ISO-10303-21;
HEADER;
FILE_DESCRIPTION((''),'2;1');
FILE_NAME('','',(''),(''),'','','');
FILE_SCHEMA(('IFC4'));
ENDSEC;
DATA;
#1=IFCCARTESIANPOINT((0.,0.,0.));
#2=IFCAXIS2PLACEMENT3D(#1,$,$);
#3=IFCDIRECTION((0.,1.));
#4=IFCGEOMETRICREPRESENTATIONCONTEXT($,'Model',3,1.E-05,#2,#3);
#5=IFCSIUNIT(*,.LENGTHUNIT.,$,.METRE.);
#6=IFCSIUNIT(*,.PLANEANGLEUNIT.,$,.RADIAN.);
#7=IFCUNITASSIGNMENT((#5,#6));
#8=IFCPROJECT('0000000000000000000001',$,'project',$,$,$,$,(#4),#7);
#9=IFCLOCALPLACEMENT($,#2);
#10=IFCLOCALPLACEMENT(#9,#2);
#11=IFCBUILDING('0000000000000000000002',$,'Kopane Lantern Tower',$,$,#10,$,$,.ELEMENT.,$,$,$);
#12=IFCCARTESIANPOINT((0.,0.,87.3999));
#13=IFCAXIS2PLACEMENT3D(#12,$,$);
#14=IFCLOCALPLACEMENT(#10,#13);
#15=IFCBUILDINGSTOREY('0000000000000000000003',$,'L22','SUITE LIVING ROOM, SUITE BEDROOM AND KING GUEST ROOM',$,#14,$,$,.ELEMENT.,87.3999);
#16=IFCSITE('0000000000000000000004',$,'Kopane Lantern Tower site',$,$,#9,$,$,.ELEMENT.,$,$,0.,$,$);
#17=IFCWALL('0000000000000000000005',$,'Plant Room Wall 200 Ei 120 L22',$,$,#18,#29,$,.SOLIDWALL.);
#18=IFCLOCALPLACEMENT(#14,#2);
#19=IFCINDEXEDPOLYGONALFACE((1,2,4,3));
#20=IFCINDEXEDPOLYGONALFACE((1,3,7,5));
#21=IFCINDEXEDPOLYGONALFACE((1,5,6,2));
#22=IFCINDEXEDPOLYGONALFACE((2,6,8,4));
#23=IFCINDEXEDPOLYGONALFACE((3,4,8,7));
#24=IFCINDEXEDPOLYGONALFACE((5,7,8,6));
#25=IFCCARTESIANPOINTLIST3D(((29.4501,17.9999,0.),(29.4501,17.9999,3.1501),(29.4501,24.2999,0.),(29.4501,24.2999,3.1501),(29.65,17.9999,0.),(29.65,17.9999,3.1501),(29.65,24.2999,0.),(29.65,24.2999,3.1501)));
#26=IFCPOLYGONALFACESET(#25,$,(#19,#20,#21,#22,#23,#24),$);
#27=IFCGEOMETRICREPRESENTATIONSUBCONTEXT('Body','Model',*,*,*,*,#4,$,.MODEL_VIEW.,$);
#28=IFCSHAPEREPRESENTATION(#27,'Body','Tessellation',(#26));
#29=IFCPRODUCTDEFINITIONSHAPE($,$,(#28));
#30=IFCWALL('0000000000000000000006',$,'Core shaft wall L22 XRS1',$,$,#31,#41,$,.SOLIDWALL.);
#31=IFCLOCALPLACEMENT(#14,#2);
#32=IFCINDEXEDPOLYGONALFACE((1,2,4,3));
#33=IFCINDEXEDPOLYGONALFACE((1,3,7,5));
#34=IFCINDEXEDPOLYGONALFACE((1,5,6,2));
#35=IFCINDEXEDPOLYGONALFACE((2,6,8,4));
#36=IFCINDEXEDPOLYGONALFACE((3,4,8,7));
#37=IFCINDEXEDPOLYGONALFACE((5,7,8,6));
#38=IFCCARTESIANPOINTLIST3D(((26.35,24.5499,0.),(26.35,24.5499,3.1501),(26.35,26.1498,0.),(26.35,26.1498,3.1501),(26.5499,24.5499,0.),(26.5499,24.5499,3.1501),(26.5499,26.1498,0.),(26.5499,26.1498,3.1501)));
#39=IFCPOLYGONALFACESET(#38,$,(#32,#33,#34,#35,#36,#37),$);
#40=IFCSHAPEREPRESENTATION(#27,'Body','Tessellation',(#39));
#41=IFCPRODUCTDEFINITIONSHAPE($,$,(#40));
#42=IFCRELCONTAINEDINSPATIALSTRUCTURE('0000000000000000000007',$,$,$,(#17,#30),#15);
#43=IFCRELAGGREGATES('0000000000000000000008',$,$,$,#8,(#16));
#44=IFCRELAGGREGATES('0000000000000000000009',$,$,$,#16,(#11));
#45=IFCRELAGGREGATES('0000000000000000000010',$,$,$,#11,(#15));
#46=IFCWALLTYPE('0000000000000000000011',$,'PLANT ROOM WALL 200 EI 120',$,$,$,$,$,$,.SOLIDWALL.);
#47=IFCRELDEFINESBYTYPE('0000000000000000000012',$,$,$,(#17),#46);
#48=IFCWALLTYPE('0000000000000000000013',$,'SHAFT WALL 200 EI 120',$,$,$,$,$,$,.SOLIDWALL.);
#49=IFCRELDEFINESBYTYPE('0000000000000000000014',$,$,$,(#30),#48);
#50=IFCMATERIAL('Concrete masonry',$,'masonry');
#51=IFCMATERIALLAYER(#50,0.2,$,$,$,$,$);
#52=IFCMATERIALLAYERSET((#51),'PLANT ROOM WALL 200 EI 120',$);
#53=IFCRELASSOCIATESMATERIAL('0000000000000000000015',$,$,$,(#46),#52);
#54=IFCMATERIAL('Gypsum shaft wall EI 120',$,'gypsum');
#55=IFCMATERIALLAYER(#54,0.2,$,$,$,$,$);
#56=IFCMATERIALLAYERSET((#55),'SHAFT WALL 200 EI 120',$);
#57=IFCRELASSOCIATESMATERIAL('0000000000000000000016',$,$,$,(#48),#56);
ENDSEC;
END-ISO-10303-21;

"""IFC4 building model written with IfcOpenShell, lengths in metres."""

from ifc_helpers import new_model, si_unit, direction, frame, frame_2d, origin, place, context, subcontext, project, spatial, rectangle, extrude, material, layer, layer_set, type_object, element, save


model = new_model("IFC4")

# Units and contexts
model_context = context("Model", 3, precision=1e-05, world=origin(), true_north=direction((0.0, 1.0)))
body_context = subcontext(model_context, "Body", "Model", "MODEL_VIEW")
ifc_project = project(units=[si_unit("LENGTHUNIT", "METRE"), si_unit("PLANEANGLEUNIT", "RADIAN")], contexts=[model_context])

# Site, building, storey
site_placement = place(None, origin())
site = spatial("IfcSite", under=ifc_project, at=site_placement, Name="Kopane Lantern Tower site", CompositionType="ELEMENT", RefElevation=0.0)
building_placement = place(site_placement, origin())
building = spatial("IfcBuilding", under=site, at=building_placement, Name="Kopane Lantern Tower", CompositionType="ELEMENT")
storey_placement = place(building_placement, frame((0.0, 0.0, 87.3999)))
storey = spatial("IfcBuildingStorey", under=building, at=storey_placement, Name="L22", Description="SUITE LIVING ROOM, SUITE BEDROOM AND KING GUEST ROOM", CompositionType="ELEMENT", Elevation=87.3999)

# Walls
ifc_material_1 = material(Name="Concrete masonry", Category="masonry")
ifc_layer_1 = layer(ifc_material_1, 0.2)
ifc_layer_set_1 = layer_set([ifc_layer_1], Name="PLANT ROOM WALL 200 EI 120")
wall_type_1 = type_object("IfcWallType", Name="PLANT ROOM WALL 200 EI 120", PredefinedType="SOLIDWALL", material=ifc_layer_set_1)
for number, where, z_axis, x_axis, name in (
    (1, (29.55, 18.0, 0.0), (0.0, 0.0, 1.0), (0.0, 1.0, 0.0), "Plant Room Wall 200 Ei 120 L22"),
):
    element("IfcWall", number, at=place(storey_placement, frame(where, z_axis=z_axis, x_axis=x_axis)), inside=storey, type_object=wall_type_1, Name=name, PredefinedType="SOLIDWALL", context=body_context, shape_type="SweptSolid", body=[
        extrude(rectangle(XDim=6.3, YDim=0.2, at=frame_2d((3.1499, 0.0))), origin(), (0.0, 0.0, 1.0), 3.1501),
    ])
ifc_material_2 = material(Name="Gypsum shaft wall EI 120", Category="gypsum")
ifc_layer_2 = layer(ifc_material_2, 0.2)
ifc_layer_set_2 = layer_set([ifc_layer_2], Name="SHAFT WALL 200 EI 120")
wall_type_2 = type_object("IfcWallType", Name="SHAFT WALL 200 EI 120", PredefinedType="SOLIDWALL", material=ifc_layer_set_2)
wall_1_placement = place(storey_placement, frame((26.45, 24.55, 0.0), z_axis=(0.0, 0.0, 1.0), x_axis=(0.0, 1.0, 0.0)))
element("IfcWall", 2, at=wall_1_placement, inside=storey, type_object=wall_type_2, Name="Core shaft wall L22 XRS1", PredefinedType="SOLIDWALL", context=body_context, shape_type="SweptSolid", body=[
    extrude(rectangle(XDim=1.5999, YDim=0.2, at=frame_2d((0.7998, 0.0))), origin(), (0.0, 0.0, 1.0), 3.1501),
])

save(model, "model.ifc")
